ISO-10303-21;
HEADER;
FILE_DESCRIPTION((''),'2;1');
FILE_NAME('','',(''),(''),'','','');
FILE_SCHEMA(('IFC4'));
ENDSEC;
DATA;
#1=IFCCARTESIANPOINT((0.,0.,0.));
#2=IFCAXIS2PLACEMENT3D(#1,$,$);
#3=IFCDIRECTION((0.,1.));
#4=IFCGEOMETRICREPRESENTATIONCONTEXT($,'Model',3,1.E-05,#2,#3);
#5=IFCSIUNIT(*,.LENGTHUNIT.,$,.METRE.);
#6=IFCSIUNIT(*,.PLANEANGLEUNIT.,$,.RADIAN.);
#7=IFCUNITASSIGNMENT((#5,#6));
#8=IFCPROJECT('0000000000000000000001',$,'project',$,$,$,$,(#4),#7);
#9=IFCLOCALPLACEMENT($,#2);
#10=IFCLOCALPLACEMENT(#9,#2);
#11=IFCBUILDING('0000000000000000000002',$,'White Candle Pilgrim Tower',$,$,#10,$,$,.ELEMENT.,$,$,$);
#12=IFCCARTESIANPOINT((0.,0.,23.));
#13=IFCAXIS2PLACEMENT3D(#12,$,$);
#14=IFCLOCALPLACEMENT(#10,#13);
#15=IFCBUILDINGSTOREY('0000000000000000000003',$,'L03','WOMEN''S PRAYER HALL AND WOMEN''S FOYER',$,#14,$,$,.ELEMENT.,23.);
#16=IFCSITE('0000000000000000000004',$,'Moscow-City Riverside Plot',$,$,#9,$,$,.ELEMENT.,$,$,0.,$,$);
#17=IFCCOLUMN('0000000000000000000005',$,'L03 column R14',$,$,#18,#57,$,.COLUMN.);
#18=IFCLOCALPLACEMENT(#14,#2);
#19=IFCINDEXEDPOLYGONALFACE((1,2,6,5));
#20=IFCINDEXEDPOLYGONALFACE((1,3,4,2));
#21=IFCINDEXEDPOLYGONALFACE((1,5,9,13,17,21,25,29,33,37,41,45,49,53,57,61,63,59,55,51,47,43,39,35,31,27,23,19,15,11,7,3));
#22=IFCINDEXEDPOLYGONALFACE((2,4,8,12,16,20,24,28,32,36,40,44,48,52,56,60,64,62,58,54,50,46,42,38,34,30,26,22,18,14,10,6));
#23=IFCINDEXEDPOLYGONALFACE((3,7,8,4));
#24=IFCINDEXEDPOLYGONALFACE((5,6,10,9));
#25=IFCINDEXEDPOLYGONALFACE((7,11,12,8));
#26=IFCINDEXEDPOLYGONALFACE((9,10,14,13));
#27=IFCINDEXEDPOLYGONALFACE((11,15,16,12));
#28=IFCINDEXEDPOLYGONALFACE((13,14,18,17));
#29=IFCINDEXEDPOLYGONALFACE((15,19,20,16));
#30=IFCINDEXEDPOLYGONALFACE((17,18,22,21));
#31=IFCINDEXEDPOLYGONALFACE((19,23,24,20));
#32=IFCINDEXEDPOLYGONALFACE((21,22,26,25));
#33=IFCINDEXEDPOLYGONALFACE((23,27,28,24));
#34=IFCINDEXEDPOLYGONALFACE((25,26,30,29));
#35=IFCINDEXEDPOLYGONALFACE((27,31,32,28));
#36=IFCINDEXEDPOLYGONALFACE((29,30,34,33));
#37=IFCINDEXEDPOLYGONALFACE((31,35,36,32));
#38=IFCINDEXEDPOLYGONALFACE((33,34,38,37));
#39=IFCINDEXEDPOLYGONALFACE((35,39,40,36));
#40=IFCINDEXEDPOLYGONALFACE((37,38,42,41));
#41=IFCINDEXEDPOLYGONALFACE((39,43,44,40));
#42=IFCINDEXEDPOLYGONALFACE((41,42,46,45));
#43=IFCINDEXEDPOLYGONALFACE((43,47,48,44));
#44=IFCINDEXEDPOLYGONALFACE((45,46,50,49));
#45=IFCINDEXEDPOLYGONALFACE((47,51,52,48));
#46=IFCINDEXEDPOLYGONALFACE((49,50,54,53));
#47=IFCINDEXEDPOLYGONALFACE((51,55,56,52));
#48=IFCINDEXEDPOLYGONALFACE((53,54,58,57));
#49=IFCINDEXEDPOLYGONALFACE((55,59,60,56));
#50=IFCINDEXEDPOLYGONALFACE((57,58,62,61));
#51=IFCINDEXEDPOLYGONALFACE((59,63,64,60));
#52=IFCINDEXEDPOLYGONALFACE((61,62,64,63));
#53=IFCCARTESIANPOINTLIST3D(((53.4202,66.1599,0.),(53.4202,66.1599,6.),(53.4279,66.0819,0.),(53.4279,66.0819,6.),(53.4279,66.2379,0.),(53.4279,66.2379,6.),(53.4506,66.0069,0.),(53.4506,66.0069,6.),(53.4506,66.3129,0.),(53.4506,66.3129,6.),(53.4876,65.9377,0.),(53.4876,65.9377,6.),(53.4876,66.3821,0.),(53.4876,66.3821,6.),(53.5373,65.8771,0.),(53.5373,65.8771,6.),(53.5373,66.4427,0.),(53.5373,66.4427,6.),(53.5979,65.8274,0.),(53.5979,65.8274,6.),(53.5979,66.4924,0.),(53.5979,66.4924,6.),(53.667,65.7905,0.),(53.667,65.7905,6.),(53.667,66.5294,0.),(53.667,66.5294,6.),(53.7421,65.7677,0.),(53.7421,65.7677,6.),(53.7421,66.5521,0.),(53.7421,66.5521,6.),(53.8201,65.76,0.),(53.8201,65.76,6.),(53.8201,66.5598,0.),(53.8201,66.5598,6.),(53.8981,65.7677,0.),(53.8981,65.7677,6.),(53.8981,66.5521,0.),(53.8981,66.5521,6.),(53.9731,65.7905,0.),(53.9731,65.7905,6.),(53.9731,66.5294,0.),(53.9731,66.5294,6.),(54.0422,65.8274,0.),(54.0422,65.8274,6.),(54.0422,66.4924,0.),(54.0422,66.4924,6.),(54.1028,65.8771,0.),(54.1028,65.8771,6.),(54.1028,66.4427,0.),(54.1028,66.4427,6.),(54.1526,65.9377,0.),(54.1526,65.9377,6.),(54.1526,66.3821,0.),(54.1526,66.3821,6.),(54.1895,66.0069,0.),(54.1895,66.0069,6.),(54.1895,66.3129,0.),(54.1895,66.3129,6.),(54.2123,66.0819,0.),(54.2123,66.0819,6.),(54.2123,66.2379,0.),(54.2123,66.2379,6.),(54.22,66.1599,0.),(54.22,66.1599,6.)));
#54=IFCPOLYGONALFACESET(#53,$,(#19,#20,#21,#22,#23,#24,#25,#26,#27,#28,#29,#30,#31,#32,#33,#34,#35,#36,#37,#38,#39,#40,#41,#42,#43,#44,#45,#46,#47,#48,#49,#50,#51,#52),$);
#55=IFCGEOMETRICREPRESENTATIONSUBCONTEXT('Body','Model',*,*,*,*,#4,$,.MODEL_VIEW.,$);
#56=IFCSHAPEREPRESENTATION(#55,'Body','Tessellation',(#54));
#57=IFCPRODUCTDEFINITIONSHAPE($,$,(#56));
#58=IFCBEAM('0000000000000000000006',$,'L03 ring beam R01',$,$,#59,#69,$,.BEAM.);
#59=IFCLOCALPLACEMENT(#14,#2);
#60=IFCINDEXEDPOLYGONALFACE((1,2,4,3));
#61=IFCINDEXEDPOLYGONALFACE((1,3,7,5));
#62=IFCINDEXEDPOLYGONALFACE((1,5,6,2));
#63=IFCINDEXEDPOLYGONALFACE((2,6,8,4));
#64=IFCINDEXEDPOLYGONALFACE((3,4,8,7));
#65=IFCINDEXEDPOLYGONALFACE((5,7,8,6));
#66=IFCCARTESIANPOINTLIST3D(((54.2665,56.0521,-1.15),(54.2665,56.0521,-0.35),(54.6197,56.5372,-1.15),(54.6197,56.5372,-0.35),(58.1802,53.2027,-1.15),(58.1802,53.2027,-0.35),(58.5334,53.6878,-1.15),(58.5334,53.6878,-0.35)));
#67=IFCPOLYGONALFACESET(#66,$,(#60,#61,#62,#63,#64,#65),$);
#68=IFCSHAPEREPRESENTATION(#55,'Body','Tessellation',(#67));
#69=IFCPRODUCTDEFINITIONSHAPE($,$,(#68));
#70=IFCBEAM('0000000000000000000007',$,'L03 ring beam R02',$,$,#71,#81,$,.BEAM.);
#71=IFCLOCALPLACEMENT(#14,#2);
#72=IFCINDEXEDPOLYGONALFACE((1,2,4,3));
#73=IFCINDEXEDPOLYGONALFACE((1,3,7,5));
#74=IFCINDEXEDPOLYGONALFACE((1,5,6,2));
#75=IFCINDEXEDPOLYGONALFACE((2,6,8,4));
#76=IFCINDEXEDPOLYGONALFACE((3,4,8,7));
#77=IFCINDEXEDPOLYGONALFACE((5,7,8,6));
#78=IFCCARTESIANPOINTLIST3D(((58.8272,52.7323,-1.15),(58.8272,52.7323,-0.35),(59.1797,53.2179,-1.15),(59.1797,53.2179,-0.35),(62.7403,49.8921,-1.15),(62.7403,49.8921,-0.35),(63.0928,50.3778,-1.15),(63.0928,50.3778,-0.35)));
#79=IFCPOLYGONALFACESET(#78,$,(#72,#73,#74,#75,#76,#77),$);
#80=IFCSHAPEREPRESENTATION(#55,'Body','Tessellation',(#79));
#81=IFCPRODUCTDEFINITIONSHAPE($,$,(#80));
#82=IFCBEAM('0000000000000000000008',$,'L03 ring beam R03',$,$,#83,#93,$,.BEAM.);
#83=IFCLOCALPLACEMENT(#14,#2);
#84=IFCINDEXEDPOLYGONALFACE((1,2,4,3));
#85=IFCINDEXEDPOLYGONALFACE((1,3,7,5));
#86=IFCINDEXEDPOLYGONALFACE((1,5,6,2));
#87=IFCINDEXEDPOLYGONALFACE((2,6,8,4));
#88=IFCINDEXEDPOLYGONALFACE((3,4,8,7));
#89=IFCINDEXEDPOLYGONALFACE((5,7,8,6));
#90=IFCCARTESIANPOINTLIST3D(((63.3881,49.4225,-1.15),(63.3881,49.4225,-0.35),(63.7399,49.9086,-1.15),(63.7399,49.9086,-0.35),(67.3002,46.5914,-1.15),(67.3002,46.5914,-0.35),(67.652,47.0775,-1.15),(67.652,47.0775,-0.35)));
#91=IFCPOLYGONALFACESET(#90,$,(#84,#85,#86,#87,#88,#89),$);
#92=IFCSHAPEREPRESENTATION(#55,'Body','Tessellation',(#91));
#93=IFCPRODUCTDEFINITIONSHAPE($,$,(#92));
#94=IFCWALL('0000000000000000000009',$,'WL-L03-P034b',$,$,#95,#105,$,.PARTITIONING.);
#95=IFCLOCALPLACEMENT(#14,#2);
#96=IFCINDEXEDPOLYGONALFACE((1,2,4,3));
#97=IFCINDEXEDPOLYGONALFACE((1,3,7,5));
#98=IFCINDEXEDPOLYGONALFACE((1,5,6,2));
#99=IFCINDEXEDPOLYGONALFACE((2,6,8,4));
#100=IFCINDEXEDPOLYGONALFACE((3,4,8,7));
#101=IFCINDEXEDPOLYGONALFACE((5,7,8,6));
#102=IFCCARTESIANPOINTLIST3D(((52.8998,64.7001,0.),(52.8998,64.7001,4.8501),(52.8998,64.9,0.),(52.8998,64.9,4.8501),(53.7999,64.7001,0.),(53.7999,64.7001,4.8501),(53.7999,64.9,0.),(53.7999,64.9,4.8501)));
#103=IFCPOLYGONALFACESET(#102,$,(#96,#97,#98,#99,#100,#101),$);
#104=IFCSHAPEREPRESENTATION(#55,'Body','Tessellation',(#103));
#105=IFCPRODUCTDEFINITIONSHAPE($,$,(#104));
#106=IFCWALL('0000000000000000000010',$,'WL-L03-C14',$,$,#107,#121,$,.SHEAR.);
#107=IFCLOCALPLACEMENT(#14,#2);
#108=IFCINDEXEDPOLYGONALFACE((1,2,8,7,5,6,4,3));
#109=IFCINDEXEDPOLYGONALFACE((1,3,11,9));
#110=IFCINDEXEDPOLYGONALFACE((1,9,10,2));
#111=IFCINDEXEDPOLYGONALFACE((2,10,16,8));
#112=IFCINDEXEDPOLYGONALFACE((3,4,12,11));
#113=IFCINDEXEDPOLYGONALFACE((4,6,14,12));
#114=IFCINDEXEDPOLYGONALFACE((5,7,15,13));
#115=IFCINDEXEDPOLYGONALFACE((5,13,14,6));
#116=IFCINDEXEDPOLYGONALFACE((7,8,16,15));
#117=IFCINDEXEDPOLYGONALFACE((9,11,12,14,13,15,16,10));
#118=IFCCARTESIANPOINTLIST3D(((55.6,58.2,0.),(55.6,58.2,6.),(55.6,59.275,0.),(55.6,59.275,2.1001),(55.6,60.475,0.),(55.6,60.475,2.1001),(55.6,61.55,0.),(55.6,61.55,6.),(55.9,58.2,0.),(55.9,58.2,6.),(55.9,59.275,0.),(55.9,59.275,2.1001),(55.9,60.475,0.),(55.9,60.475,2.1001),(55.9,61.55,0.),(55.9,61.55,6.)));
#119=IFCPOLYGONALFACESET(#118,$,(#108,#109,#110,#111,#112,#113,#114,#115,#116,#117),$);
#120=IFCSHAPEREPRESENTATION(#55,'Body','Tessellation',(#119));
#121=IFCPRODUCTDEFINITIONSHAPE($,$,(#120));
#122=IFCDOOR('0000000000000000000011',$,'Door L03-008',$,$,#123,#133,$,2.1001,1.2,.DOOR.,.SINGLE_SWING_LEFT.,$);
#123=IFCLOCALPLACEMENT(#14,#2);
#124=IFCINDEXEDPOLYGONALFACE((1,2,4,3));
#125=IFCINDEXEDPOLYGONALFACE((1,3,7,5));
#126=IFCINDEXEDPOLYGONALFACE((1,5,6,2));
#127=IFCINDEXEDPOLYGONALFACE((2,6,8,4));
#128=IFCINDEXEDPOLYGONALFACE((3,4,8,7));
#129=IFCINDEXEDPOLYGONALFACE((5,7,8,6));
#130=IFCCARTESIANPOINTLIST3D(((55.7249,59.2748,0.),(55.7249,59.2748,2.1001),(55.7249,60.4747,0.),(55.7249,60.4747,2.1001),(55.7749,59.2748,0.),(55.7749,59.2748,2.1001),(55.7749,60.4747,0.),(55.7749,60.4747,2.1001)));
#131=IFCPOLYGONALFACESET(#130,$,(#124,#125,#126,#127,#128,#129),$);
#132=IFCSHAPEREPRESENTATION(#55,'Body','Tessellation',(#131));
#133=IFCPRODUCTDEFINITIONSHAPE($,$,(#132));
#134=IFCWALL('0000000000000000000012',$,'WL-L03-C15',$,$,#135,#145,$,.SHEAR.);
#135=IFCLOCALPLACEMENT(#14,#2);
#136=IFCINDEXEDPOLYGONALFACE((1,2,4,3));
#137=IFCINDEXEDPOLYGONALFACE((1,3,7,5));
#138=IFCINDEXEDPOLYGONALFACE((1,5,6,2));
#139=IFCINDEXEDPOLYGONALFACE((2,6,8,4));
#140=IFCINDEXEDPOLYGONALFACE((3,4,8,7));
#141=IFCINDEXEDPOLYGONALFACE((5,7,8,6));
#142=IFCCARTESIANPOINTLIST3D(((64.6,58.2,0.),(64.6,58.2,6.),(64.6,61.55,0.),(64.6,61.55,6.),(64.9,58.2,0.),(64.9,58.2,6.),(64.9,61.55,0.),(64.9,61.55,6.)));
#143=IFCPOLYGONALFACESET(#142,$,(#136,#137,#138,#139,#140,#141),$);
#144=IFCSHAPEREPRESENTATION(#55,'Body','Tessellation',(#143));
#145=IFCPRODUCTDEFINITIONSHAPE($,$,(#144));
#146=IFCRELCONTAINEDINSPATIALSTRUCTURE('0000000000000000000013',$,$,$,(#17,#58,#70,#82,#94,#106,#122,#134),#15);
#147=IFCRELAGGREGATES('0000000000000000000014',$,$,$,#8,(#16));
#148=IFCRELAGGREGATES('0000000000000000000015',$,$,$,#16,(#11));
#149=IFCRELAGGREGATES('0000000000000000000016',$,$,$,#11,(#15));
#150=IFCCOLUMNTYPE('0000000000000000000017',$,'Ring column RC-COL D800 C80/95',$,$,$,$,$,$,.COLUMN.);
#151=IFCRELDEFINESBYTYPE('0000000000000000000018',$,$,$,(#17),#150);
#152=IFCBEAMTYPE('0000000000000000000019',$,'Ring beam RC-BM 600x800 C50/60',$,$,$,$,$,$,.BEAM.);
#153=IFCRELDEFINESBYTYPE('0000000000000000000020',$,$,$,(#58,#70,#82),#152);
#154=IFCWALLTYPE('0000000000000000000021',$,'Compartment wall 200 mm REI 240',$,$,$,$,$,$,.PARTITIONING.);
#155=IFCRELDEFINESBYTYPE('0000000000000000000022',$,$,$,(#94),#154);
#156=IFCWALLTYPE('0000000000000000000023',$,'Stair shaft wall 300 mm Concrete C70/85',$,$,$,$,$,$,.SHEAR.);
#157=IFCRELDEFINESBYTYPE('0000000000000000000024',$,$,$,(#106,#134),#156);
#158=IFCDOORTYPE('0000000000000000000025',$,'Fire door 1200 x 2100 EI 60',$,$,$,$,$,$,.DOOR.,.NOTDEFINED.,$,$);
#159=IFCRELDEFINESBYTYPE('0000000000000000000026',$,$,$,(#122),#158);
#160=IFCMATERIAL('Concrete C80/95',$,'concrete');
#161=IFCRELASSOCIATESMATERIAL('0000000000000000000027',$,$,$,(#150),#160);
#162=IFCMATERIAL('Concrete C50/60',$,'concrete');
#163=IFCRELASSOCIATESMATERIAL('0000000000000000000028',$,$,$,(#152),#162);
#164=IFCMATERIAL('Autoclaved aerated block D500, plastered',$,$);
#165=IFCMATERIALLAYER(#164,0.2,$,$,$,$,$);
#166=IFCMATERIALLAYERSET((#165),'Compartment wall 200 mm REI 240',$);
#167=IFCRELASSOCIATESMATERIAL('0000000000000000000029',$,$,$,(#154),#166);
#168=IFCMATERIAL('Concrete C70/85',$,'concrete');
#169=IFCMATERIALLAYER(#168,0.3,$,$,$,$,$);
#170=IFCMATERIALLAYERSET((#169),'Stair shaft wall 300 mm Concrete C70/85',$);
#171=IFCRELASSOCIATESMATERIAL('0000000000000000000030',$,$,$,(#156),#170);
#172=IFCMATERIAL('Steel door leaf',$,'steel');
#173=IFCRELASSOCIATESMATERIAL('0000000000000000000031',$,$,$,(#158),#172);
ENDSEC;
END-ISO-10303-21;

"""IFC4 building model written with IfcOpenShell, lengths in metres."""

from ifc_helpers import new_model, si_unit, direction, frame, frame_2d, origin, origin_2d, place, context, subcontext, project, spatial, rectangle, circle, extrude, material, layer, layer_set, material_profile, profile_set, type_object, element, fill, save


model = new_model("IFC4")

# Units and contexts
model_context = context("Model", 3, precision=1e-05, world=origin(), true_north=direction((0.0, 1.0)))
body_context = subcontext(model_context, "Body", "Model", "MODEL_VIEW")
ifc_project = project(units=[si_unit("LENGTHUNIT", "METRE"), si_unit("PLANEANGLEUNIT", "RADIAN")], contexts=[model_context])

# Site, building, storey
site_placement = place(None, origin())
site = spatial("IfcSite", under=ifc_project, at=site_placement, Name="Moscow-City Riverside Plot", CompositionType="ELEMENT", RefElevation=0.0)
building_placement = place(site_placement, origin())
building = spatial("IfcBuilding", under=site, at=building_placement, Name="White Candle Pilgrim Tower", CompositionType="ELEMENT")
storey_placement = place(building_placement, frame((0.0, 0.0, 23.0)))
storey = spatial("IfcBuildingStorey", under=building, at=storey_placement, Name="L03", Description="WOMEN'S PRAYER HALL AND WOMEN'S FOYER", CompositionType="ELEMENT", Elevation=23.0)

# Column
ifc_material_1 = material(Name="Concrete C80/95", Category="concrete")
ifc_material_profile_1 = material_profile(ifc_material_1, circle(Radius=0.3999, at=origin_2d()), Name="RC-COL D800")
ifc_profile_set_1 = profile_set([ifc_material_profile_1], Name="Concrete C80/95")
column_type_1 = type_object("IfcColumnType", Name="Ring column RC-COL D800 C80/95", PredefinedType="COLUMN", material=ifc_profile_set_1)
for number, where, z_axis, x_axis, name in (
    (1, (53.8201, 66.1599, 0.0), (0.0, 0.0, 1.0), (1.0, 0.0, 0.0), "L03 column R14"),
):
    element("IfcColumn", number, at=place(storey_placement, frame(where, z_axis=z_axis, x_axis=x_axis)), inside=storey, type_object=column_type_1, Name=name, PredefinedType="COLUMN", context=body_context, shape_type="SweptSolid", body=[
        extrude(circle(Radius=0.3999, at=origin_2d()), origin(), (0.0, 0.0, 1.0), 6.0),
    ])

# Beams
ifc_material_2 = material(Name="Concrete C50/60", Category="concrete")
ifc_material_profile_2 = material_profile(ifc_material_2, rectangle(XDim=0.6001, YDim=0.8, at=origin_2d()), Name="RC-BM 600x800")
ifc_profile_set_2 = profile_set([ifc_material_profile_2], Name="Concrete C50/60")
beam_type = type_object("IfcBeamType", Name="Ring beam RC-BM 600x800 C50/60", PredefinedType="BEAM", material=ifc_profile_set_2)
beam_1_placement = place(storey_placement, frame((54.4431, 56.2947, -0.75), z_axis=(0.808428, -0.588594, 0.0), x_axis=(0.588594, 0.808428, 0.0)))
element("IfcBeam", 2, at=beam_1_placement, inside=storey, type_object=beam_type, Name="L03 ring beam R01", PredefinedType="BEAM", context=body_context, shape_type="SweptSolid", body=[
    extrude(rectangle(XDim=0.6001, YDim=0.8, at=origin_2d()), origin(), (0.0, 0.0, 1.0), 4.8411),
])
beam_2_placement = place(storey_placement, frame((59.0034, 52.9751, -0.75), z_axis=(0.809306, -0.587388, 0.0), x_axis=(0.587388, 0.809306, 0.0)))
element("IfcBeam", 3, at=beam_2_placement, inside=storey, type_object=beam_type, Name="L03 ring beam R02", PredefinedType="BEAM", context=body_context, shape_type="SweptSolid", body=[
    extrude(rectangle(XDim=0.6001, YDim=0.8, at=origin_2d()), origin(), (0.0, 0.0, 1.0), 4.8352),
])
beam_3_placement = place(storey_placement, frame((63.564, 49.6655, -0.75), z_axis=(0.810124, -0.586258, 0.0), x_axis=(0.586258, 0.810124, 0.0)))
element("IfcBeam", 4, at=beam_3_placement, inside=storey, type_object=beam_type, Name="L03 ring beam R03", PredefinedType="BEAM", context=body_context, shape_type="SweptSolid", body=[
    extrude(rectangle(XDim=0.6001, YDim=0.8, at=origin_2d()), origin(), (0.0, 0.0, 1.0), 4.8291),
])

# Wall
ifc_material_3 = material(Name="Autoclaved aerated block D500, plastered")
ifc_layer_1 = layer(ifc_material_3, 0.2)
ifc_layer_set_1 = layer_set([ifc_layer_1], Name="Compartment wall 200 mm REI 240")
wall_type_1 = type_object("IfcWallType", Name="Compartment wall 200 mm REI 240", PredefinedType="PARTITIONING", material=ifc_layer_set_1)
wall_1_placement = place(storey_placement, frame((53.8, 64.8, 0.0), z_axis=(0.0, 0.0, 1.0), x_axis=(-1.0, 0.0, 0.0)))
element("IfcWall", 5, at=wall_1_placement, inside=storey, type_object=wall_type_1, Name="WL-L03-P034b", PredefinedType="PARTITIONING", context=body_context, shape_type="SweptSolid", body=[
    extrude(rectangle(XDim=0.9001, YDim=0.2, at=frame_2d((0.4502, 0.0))), origin(), (0.0, 0.0, 1.0), 4.8501),
])

# Wall, opening, door
ifc_material_4 = material(Name="Concrete C70/85", Category="concrete")
ifc_layer_2 = layer(ifc_material_4, 0.3)
ifc_layer_set_2 = layer_set([ifc_layer_2], Name="Stair shaft wall 300 mm Concrete C70/85")
wall_type_2 = type_object("IfcWallType", Name="Stair shaft wall 300 mm Concrete C70/85", PredefinedType="SHEAR", material=ifc_layer_set_2)
wall_2_placement = place(storey_placement, frame((55.75, 58.2, 0.0), z_axis=(0.0, 0.0, 1.0), x_axis=(0.0, 1.0, 0.0)))
wall_2 = element("IfcWall", 6, at=wall_2_placement, inside=storey, type_object=wall_type_2, Name="WL-L03-C14", PredefinedType="SHEAR", context=body_context, shape_type="SweptSolid", body=[
    extrude(rectangle(XDim=3.3501, YDim=0.3, at=frame_2d((1.675, 0.0))), origin(), (0.0, 0.0, 1.0), 6.0),
])
opening_placement = place(wall_2_placement, frame((1.075, 0.0, 0.0)))
opening = element("IfcOpeningElement", 7, at=opening_placement, cuts=wall_2, PredefinedType="OPENING", context=body_context, shape_type="SweptSolid", body=[
    extrude(rectangle(XDim=1.2, YDim=2.1001, at=frame_2d((0.6001, 1.05))), frame((0.0, 0.1599, 0.0), z_axis=(0.0, -1.0, 0.0), x_axis=(1.0, 0.0, 0.0)), (0.0, 0.0, 1.0), 0.3201),
])
ifc_material_5 = material(Name="Steel door leaf", Category="steel")
door_type = type_object("IfcDoorType", Name="Fire door 1200 x 2100 EI 60", OperationType="NOTDEFINED", PredefinedType="DOOR", material=ifc_material_5)
door_placement = place(opening_placement, frame((1.2, 0.0, 0.0), z_axis=(0.0, 0.0, 1.0), x_axis=(-1.0, 0.0, 0.0)))
door = element("IfcDoor", 8, at=door_placement, inside=storey, type_object=door_type, Name="Door L03-008", OperationType="SINGLE_SWING_LEFT", OverallHeight=2.1001, OverallWidth=1.2, PredefinedType="DOOR", context=body_context, shape_type="SweptSolid", body=[
    extrude(rectangle(XDim=1.2, YDim=2.1001, at=frame_2d((0.6001, 1.05))), frame((0.0, 0.0249, 0.0), z_axis=(0.0, -1.0, 0.0), x_axis=(1.0, 0.0, 0.0)), (0.0, 0.0, 1.0), 0.05),
])
fill(opening, door)

# Wall
wall_3_placement = place(storey_placement, frame((64.75, 58.2, 0.0), z_axis=(0.0, 0.0, 1.0), x_axis=(0.0, 1.0, 0.0)))
element("IfcWall", 9, at=wall_3_placement, inside=storey, type_object=wall_type_2, Name="WL-L03-C15", PredefinedType="SHEAR", context=body_context, shape_type="SweptSolid", body=[
    extrude(rectangle(XDim=3.3501, YDim=0.3, at=frame_2d((1.675, 0.0))), origin(), (0.0, 0.0, 1.0), 6.0),
])

save(model, "model.ifc")
